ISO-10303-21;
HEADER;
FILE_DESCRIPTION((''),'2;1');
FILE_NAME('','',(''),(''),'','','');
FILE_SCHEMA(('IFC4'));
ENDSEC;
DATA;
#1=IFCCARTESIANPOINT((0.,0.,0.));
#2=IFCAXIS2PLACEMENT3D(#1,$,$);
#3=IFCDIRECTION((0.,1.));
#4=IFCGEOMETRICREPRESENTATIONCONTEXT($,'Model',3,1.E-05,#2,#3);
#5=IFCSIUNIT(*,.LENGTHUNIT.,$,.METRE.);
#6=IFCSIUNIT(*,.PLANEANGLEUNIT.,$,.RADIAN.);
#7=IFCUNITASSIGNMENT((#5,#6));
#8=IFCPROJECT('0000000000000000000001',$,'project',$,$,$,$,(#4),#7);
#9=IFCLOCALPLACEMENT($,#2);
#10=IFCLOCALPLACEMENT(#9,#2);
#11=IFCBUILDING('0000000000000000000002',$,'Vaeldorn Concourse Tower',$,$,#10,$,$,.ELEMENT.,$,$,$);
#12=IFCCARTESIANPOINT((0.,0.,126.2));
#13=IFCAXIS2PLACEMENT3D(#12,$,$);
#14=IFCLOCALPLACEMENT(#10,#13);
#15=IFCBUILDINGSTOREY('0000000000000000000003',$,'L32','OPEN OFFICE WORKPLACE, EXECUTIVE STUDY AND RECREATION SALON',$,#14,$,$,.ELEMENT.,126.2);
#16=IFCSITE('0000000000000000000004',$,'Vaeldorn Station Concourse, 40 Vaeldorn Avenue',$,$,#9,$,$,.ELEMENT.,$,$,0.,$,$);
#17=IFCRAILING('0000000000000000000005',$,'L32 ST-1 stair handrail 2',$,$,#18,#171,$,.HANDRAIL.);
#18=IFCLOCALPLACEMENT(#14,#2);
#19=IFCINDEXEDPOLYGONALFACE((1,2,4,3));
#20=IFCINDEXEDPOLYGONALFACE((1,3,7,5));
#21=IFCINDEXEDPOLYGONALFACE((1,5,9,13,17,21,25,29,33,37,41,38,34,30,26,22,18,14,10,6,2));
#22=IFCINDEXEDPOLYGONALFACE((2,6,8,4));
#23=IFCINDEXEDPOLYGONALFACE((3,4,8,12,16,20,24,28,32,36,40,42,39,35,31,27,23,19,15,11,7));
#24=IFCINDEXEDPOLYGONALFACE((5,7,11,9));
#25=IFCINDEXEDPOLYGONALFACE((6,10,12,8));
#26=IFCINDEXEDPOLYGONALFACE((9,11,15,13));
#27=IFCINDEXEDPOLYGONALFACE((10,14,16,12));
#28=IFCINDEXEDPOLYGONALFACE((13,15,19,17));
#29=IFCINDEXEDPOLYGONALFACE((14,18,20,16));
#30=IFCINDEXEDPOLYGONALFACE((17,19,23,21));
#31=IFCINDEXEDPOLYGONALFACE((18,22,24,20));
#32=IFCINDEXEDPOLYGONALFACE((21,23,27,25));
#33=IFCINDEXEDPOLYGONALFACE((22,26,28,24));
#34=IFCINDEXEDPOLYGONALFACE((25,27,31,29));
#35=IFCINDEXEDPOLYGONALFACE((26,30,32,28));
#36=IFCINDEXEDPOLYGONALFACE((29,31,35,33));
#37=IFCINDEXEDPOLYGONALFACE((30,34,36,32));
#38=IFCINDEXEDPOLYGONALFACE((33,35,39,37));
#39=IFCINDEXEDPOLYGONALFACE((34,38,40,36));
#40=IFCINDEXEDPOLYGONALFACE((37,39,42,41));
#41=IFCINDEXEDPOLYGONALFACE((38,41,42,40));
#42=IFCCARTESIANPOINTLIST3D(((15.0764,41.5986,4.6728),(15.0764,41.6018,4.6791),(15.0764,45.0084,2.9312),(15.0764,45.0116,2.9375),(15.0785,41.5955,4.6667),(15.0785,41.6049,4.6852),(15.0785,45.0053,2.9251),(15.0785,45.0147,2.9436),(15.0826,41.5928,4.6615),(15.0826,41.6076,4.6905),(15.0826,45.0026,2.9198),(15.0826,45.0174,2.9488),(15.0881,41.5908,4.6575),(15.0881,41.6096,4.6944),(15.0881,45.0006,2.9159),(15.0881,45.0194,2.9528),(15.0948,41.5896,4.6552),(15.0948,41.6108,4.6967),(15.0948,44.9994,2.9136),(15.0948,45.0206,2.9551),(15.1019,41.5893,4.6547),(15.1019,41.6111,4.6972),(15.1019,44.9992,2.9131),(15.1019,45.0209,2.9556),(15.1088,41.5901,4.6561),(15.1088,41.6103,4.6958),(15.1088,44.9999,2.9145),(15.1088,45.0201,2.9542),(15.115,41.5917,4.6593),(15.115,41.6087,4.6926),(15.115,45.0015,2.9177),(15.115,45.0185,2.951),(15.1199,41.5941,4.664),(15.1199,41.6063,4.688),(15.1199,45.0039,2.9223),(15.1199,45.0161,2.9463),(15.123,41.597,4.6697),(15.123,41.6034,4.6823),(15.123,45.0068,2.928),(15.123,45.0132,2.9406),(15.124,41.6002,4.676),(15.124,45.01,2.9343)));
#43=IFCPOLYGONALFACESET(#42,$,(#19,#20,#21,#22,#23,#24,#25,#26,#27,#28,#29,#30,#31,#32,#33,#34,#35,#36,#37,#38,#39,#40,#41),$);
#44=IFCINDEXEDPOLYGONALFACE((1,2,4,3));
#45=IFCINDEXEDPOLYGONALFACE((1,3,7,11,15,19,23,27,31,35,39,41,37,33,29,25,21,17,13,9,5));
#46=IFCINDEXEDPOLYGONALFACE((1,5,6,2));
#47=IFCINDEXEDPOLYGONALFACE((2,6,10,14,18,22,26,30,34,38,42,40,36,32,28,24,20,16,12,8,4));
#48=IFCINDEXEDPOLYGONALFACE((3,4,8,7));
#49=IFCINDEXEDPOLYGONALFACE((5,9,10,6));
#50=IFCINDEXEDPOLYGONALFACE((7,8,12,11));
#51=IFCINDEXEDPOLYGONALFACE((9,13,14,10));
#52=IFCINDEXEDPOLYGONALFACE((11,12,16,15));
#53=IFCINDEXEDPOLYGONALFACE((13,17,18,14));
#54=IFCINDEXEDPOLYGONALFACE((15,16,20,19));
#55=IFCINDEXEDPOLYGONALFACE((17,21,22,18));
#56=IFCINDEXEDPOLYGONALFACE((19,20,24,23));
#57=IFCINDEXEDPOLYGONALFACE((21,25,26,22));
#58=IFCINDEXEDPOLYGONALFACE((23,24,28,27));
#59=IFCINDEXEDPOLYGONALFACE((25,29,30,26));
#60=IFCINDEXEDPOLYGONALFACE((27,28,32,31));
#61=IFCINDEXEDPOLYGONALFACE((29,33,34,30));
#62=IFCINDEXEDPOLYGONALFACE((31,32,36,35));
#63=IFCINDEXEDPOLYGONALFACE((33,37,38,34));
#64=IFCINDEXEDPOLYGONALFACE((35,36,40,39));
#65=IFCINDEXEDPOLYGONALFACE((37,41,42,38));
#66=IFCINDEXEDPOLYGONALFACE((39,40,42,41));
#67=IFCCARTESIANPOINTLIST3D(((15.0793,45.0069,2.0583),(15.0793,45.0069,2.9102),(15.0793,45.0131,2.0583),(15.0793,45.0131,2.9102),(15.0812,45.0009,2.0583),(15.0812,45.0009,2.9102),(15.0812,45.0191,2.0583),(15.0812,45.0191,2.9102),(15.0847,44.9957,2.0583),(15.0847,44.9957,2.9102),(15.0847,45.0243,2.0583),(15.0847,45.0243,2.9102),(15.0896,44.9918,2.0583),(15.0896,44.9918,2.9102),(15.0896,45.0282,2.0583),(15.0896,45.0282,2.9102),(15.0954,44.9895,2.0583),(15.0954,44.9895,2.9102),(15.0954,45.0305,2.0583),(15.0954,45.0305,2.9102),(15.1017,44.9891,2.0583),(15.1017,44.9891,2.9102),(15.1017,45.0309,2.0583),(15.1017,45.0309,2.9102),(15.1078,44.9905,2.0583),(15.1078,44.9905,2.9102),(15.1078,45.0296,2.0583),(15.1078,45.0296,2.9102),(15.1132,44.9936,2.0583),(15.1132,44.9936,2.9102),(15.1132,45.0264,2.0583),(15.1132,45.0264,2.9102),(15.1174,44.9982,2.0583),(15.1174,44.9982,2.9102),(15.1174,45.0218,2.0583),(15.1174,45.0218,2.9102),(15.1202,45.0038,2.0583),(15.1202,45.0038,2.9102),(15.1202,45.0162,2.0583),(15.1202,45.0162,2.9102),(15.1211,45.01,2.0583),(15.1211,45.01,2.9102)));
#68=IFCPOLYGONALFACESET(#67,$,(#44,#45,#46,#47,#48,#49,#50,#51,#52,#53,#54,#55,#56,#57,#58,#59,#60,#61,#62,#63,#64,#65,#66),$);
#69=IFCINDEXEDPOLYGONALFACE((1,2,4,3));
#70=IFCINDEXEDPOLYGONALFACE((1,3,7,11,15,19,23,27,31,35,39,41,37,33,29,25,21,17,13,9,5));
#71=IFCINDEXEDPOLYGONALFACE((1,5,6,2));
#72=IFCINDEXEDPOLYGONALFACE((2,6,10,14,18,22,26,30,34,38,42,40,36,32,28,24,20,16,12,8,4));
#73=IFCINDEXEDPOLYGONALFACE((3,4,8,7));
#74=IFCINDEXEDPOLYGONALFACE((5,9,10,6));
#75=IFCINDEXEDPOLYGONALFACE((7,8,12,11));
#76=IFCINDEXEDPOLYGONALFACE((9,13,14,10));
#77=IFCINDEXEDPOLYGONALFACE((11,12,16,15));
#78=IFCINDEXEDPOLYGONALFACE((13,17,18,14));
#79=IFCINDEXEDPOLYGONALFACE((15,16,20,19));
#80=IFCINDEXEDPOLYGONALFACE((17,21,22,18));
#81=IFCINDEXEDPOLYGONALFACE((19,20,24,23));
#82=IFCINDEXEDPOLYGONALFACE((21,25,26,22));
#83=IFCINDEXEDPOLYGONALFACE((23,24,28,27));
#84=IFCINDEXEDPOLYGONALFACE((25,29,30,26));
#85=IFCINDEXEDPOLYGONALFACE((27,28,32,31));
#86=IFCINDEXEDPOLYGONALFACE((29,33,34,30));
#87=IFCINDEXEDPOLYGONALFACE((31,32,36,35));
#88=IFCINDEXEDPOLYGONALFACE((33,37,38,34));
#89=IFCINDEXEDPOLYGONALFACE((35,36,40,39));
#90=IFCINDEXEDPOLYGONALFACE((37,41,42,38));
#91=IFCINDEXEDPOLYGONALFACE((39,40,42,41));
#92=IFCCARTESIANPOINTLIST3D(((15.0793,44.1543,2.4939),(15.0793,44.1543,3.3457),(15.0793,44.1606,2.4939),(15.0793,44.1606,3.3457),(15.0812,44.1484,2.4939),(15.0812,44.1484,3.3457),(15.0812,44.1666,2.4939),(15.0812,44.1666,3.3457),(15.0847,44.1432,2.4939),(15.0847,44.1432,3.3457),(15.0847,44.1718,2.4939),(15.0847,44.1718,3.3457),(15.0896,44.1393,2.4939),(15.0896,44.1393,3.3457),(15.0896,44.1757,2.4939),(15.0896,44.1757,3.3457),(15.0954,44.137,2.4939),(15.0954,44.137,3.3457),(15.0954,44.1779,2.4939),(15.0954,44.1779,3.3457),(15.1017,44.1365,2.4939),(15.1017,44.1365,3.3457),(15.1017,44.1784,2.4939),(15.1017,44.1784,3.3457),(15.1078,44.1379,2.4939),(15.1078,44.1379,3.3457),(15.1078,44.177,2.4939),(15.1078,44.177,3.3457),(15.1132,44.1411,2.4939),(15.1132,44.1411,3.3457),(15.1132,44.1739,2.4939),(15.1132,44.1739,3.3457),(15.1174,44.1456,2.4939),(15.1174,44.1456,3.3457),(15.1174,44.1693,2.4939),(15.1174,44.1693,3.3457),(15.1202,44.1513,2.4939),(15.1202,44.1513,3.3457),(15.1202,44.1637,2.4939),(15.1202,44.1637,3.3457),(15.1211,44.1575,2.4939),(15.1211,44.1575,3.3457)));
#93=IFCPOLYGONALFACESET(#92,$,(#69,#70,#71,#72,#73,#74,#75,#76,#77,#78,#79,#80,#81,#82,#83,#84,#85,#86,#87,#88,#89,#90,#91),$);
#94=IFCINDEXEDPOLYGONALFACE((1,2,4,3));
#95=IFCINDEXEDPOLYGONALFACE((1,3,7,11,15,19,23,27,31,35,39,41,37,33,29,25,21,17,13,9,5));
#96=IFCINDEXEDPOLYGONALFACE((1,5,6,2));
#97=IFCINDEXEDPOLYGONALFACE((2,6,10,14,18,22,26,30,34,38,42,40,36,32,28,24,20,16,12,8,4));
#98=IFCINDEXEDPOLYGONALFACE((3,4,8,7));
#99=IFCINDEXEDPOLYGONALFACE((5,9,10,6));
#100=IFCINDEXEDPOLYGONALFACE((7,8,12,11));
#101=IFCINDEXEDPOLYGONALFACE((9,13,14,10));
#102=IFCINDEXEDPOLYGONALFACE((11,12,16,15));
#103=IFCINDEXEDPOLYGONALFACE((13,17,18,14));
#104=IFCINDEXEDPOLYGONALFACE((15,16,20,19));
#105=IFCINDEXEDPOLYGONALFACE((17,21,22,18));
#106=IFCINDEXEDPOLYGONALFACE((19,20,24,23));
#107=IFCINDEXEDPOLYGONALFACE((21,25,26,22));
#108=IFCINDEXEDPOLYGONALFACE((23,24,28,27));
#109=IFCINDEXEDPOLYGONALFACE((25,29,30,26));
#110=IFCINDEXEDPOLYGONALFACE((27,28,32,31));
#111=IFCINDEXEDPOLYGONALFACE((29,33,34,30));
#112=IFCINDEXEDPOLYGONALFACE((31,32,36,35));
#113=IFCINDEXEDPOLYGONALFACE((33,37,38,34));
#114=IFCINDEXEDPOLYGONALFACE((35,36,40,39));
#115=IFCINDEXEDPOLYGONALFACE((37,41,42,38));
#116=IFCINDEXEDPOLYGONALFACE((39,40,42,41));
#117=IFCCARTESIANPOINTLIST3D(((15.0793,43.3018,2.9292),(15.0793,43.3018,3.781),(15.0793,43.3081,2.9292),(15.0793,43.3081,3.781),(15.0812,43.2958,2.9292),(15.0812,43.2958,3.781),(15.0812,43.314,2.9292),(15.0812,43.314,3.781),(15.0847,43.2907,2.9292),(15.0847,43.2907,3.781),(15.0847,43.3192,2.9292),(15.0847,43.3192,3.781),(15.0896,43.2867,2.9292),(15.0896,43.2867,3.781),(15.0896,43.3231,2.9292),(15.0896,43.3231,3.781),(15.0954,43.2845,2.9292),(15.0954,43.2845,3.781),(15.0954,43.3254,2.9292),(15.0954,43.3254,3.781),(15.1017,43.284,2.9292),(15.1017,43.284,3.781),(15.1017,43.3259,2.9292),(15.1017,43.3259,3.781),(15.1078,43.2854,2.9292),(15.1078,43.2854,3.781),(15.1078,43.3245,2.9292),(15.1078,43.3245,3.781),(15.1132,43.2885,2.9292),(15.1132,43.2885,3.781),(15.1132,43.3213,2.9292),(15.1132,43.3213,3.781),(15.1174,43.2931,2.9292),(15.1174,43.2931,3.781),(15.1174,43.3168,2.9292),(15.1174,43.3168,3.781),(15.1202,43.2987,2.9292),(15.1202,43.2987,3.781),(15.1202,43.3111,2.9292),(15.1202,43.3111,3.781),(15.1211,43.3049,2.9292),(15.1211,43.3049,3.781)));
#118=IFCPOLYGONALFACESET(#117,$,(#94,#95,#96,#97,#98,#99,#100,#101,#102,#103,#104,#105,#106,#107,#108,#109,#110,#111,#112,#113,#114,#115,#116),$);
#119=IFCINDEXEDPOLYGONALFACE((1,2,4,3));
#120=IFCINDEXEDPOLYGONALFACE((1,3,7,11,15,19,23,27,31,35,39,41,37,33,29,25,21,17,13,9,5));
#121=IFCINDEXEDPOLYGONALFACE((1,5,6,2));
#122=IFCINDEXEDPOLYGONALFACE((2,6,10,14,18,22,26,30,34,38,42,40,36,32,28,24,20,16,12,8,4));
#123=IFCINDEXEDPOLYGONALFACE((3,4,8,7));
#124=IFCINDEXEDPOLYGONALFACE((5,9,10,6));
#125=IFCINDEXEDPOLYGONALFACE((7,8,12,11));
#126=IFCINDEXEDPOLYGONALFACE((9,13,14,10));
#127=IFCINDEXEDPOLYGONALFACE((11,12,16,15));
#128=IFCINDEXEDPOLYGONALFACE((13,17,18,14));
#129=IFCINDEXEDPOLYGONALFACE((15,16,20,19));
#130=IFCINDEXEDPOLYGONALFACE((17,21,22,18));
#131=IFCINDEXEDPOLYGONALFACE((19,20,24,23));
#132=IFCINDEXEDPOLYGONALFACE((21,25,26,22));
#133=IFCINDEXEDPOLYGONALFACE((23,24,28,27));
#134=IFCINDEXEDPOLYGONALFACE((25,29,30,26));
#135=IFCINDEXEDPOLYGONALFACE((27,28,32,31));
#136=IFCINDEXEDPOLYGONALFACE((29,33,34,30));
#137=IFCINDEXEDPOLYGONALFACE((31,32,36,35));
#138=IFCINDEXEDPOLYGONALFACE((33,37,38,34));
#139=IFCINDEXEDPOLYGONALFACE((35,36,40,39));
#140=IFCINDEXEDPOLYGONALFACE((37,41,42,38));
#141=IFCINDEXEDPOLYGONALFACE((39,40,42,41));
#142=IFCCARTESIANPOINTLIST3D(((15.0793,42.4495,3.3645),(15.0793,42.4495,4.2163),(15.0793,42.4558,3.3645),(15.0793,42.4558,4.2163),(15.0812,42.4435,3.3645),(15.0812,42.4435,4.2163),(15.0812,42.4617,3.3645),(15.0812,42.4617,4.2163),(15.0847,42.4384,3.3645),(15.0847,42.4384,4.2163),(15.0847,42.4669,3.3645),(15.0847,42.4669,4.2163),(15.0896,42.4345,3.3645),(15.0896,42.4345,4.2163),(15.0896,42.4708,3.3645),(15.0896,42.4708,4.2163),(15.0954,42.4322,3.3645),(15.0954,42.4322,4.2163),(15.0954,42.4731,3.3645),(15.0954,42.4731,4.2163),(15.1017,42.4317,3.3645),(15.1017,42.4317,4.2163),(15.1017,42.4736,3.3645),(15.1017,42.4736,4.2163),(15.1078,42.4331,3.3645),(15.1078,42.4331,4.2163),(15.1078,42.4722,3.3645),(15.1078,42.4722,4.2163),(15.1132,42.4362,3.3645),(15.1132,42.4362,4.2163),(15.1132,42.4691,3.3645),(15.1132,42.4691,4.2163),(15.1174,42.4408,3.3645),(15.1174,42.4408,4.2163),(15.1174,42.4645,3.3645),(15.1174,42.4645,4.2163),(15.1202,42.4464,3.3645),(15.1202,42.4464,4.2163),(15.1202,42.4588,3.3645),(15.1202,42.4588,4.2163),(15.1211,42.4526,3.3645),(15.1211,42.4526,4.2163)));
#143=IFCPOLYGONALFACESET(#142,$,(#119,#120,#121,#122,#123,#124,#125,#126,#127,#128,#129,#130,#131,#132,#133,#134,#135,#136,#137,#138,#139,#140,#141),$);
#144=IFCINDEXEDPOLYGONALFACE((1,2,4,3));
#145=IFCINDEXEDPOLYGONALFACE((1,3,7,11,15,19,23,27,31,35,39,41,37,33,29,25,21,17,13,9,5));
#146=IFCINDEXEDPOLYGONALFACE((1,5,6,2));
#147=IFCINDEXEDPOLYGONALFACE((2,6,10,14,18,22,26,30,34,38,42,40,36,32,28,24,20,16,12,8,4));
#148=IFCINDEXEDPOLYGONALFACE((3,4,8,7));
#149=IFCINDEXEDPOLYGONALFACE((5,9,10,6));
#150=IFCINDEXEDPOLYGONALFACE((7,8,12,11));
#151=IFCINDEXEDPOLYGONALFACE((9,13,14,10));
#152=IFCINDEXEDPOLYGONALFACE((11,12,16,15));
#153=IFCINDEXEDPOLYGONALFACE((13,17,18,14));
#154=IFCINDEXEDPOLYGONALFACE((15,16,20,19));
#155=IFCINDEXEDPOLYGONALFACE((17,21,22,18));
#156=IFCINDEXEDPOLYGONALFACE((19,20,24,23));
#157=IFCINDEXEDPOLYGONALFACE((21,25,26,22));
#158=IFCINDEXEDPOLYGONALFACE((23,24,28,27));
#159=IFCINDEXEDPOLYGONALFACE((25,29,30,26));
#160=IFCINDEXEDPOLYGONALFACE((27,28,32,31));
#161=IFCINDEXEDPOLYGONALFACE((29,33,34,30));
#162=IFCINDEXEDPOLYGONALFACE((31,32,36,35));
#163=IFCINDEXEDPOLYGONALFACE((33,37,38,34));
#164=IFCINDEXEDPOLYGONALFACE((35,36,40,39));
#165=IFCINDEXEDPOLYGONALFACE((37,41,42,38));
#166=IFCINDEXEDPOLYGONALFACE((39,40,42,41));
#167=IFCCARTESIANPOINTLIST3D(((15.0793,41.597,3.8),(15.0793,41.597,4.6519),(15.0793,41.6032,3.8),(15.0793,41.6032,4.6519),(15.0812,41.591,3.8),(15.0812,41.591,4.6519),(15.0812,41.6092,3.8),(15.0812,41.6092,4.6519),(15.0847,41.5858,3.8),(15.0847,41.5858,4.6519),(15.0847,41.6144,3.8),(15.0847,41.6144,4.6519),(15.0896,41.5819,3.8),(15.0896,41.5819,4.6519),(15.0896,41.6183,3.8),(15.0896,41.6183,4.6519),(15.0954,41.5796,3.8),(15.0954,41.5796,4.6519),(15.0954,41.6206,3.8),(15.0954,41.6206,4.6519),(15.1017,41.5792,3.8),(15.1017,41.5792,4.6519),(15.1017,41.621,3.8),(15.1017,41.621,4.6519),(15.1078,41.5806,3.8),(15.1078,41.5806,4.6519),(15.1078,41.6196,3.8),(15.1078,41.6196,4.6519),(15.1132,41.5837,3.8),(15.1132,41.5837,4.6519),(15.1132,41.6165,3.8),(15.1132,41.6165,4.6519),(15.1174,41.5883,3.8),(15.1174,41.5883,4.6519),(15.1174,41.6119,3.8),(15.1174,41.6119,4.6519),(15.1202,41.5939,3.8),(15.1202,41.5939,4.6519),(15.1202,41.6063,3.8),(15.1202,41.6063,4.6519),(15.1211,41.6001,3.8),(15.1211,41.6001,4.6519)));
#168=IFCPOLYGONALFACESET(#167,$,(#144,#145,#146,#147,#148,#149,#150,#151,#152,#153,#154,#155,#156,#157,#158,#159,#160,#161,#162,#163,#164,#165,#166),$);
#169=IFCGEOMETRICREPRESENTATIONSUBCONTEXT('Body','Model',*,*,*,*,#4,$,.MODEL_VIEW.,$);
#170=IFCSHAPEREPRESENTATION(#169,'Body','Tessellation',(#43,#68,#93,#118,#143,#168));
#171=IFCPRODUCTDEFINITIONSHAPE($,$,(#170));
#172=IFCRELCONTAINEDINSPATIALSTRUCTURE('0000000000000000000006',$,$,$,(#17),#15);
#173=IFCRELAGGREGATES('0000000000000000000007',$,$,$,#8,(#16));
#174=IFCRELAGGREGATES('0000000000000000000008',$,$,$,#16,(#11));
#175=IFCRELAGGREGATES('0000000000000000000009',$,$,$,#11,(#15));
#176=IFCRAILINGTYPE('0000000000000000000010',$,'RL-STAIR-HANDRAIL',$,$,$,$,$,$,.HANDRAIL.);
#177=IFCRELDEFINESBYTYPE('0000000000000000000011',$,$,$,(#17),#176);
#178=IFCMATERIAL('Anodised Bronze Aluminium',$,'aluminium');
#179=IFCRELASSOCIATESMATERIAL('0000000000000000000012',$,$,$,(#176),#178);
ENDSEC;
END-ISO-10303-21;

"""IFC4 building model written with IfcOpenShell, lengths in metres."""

from ifc_helpers import new_model, si_unit, direction, frame, origin, origin_2d, place, context, subcontext, project, spatial, circle, extrude, material, type_object, element, save


model = new_model("IFC4")

# Units and contexts
model_context = context("Model", 3, precision=1e-05, world=origin(), true_north=direction((0.0, 1.0)))
body_context = subcontext(model_context, "Body", "Model", "MODEL_VIEW")
ifc_project = project(units=[si_unit("LENGTHUNIT", "METRE"), si_unit("PLANEANGLEUNIT", "RADIAN")], contexts=[model_context])

# Site, building, storey
site_placement = place(None, origin())
site = spatial("IfcSite", under=ifc_project, at=site_placement, Name="Vaeldorn Station Concourse, 40 Vaeldorn Avenue", CompositionType="ELEMENT", RefElevation=0.0)
building_placement = place(site_placement, origin())
building = spatial("IfcBuilding", under=site, at=building_placement, Name="Vaeldorn Concourse Tower", CompositionType="ELEMENT")
storey_placement = place(building_placement, frame((0.0, 0.0, 126.2)))
storey = spatial("IfcBuildingStorey", under=building, at=storey_placement, Name="L32", Description="OPEN OFFICE WORKPLACE, EXECUTIVE STUDY AND RECREATION SALON", CompositionType="ELEMENT", Elevation=126.2)

# Shared definitions
ifc_material_1 = material(Name="Anodised Bronze Aluminium", Category="aluminium")

# Railing
railing_type_1 = type_object("IfcRailingType", Name="RL-STAIR-HANDRAIL", PredefinedType="HANDRAIL", material=ifc_material_1)
railing_1_placement = place(storey_placement, frame((15.1001, 45.01, 2.0583)))
element("IfcRailing", 1, at=railing_1_placement, inside=storey, type_object=railing_type_1, Name="L32 ST-1 stair handrail 2", PredefinedType="HANDRAIL", context=body_context, shape_type="SweptSolid", body=[
    extrude(circle(Radius=0.0239, at=origin_2d()), frame((0.0, 0.0, 0.876), z_axis=(0.0, -0.890556, 0.454874), x_axis=(1.0, 0.0, 0.0)), (0.0, 0.0, 1.0), 3.8289),
    extrude(circle(Radius=0.021, at=origin_2d()), origin(), (0.0, 0.0, 1.0), 0.8518),
    extrude(circle(Radius=0.021, at=origin_2d()), frame((0.0, -0.8525, 0.4355)), (0.0, 0.0, 1.0), 0.8518),
    extrude(circle(Radius=0.021, at=origin_2d()), frame((0.0, -1.7051, 0.8708)), (0.0, 0.0, 1.0), 0.8518),
    extrude(circle(Radius=0.021, at=origin_2d()), frame((0.0, -2.5574, 1.3062)), (0.0, 0.0, 1.0), 0.8518),
    extrude(circle(Radius=0.021, at=origin_2d()), frame((0.0, -3.4099, 1.7417)), (0.0, 0.0, 1.0), 0.8518),
])

save(model, "model.ifc")
